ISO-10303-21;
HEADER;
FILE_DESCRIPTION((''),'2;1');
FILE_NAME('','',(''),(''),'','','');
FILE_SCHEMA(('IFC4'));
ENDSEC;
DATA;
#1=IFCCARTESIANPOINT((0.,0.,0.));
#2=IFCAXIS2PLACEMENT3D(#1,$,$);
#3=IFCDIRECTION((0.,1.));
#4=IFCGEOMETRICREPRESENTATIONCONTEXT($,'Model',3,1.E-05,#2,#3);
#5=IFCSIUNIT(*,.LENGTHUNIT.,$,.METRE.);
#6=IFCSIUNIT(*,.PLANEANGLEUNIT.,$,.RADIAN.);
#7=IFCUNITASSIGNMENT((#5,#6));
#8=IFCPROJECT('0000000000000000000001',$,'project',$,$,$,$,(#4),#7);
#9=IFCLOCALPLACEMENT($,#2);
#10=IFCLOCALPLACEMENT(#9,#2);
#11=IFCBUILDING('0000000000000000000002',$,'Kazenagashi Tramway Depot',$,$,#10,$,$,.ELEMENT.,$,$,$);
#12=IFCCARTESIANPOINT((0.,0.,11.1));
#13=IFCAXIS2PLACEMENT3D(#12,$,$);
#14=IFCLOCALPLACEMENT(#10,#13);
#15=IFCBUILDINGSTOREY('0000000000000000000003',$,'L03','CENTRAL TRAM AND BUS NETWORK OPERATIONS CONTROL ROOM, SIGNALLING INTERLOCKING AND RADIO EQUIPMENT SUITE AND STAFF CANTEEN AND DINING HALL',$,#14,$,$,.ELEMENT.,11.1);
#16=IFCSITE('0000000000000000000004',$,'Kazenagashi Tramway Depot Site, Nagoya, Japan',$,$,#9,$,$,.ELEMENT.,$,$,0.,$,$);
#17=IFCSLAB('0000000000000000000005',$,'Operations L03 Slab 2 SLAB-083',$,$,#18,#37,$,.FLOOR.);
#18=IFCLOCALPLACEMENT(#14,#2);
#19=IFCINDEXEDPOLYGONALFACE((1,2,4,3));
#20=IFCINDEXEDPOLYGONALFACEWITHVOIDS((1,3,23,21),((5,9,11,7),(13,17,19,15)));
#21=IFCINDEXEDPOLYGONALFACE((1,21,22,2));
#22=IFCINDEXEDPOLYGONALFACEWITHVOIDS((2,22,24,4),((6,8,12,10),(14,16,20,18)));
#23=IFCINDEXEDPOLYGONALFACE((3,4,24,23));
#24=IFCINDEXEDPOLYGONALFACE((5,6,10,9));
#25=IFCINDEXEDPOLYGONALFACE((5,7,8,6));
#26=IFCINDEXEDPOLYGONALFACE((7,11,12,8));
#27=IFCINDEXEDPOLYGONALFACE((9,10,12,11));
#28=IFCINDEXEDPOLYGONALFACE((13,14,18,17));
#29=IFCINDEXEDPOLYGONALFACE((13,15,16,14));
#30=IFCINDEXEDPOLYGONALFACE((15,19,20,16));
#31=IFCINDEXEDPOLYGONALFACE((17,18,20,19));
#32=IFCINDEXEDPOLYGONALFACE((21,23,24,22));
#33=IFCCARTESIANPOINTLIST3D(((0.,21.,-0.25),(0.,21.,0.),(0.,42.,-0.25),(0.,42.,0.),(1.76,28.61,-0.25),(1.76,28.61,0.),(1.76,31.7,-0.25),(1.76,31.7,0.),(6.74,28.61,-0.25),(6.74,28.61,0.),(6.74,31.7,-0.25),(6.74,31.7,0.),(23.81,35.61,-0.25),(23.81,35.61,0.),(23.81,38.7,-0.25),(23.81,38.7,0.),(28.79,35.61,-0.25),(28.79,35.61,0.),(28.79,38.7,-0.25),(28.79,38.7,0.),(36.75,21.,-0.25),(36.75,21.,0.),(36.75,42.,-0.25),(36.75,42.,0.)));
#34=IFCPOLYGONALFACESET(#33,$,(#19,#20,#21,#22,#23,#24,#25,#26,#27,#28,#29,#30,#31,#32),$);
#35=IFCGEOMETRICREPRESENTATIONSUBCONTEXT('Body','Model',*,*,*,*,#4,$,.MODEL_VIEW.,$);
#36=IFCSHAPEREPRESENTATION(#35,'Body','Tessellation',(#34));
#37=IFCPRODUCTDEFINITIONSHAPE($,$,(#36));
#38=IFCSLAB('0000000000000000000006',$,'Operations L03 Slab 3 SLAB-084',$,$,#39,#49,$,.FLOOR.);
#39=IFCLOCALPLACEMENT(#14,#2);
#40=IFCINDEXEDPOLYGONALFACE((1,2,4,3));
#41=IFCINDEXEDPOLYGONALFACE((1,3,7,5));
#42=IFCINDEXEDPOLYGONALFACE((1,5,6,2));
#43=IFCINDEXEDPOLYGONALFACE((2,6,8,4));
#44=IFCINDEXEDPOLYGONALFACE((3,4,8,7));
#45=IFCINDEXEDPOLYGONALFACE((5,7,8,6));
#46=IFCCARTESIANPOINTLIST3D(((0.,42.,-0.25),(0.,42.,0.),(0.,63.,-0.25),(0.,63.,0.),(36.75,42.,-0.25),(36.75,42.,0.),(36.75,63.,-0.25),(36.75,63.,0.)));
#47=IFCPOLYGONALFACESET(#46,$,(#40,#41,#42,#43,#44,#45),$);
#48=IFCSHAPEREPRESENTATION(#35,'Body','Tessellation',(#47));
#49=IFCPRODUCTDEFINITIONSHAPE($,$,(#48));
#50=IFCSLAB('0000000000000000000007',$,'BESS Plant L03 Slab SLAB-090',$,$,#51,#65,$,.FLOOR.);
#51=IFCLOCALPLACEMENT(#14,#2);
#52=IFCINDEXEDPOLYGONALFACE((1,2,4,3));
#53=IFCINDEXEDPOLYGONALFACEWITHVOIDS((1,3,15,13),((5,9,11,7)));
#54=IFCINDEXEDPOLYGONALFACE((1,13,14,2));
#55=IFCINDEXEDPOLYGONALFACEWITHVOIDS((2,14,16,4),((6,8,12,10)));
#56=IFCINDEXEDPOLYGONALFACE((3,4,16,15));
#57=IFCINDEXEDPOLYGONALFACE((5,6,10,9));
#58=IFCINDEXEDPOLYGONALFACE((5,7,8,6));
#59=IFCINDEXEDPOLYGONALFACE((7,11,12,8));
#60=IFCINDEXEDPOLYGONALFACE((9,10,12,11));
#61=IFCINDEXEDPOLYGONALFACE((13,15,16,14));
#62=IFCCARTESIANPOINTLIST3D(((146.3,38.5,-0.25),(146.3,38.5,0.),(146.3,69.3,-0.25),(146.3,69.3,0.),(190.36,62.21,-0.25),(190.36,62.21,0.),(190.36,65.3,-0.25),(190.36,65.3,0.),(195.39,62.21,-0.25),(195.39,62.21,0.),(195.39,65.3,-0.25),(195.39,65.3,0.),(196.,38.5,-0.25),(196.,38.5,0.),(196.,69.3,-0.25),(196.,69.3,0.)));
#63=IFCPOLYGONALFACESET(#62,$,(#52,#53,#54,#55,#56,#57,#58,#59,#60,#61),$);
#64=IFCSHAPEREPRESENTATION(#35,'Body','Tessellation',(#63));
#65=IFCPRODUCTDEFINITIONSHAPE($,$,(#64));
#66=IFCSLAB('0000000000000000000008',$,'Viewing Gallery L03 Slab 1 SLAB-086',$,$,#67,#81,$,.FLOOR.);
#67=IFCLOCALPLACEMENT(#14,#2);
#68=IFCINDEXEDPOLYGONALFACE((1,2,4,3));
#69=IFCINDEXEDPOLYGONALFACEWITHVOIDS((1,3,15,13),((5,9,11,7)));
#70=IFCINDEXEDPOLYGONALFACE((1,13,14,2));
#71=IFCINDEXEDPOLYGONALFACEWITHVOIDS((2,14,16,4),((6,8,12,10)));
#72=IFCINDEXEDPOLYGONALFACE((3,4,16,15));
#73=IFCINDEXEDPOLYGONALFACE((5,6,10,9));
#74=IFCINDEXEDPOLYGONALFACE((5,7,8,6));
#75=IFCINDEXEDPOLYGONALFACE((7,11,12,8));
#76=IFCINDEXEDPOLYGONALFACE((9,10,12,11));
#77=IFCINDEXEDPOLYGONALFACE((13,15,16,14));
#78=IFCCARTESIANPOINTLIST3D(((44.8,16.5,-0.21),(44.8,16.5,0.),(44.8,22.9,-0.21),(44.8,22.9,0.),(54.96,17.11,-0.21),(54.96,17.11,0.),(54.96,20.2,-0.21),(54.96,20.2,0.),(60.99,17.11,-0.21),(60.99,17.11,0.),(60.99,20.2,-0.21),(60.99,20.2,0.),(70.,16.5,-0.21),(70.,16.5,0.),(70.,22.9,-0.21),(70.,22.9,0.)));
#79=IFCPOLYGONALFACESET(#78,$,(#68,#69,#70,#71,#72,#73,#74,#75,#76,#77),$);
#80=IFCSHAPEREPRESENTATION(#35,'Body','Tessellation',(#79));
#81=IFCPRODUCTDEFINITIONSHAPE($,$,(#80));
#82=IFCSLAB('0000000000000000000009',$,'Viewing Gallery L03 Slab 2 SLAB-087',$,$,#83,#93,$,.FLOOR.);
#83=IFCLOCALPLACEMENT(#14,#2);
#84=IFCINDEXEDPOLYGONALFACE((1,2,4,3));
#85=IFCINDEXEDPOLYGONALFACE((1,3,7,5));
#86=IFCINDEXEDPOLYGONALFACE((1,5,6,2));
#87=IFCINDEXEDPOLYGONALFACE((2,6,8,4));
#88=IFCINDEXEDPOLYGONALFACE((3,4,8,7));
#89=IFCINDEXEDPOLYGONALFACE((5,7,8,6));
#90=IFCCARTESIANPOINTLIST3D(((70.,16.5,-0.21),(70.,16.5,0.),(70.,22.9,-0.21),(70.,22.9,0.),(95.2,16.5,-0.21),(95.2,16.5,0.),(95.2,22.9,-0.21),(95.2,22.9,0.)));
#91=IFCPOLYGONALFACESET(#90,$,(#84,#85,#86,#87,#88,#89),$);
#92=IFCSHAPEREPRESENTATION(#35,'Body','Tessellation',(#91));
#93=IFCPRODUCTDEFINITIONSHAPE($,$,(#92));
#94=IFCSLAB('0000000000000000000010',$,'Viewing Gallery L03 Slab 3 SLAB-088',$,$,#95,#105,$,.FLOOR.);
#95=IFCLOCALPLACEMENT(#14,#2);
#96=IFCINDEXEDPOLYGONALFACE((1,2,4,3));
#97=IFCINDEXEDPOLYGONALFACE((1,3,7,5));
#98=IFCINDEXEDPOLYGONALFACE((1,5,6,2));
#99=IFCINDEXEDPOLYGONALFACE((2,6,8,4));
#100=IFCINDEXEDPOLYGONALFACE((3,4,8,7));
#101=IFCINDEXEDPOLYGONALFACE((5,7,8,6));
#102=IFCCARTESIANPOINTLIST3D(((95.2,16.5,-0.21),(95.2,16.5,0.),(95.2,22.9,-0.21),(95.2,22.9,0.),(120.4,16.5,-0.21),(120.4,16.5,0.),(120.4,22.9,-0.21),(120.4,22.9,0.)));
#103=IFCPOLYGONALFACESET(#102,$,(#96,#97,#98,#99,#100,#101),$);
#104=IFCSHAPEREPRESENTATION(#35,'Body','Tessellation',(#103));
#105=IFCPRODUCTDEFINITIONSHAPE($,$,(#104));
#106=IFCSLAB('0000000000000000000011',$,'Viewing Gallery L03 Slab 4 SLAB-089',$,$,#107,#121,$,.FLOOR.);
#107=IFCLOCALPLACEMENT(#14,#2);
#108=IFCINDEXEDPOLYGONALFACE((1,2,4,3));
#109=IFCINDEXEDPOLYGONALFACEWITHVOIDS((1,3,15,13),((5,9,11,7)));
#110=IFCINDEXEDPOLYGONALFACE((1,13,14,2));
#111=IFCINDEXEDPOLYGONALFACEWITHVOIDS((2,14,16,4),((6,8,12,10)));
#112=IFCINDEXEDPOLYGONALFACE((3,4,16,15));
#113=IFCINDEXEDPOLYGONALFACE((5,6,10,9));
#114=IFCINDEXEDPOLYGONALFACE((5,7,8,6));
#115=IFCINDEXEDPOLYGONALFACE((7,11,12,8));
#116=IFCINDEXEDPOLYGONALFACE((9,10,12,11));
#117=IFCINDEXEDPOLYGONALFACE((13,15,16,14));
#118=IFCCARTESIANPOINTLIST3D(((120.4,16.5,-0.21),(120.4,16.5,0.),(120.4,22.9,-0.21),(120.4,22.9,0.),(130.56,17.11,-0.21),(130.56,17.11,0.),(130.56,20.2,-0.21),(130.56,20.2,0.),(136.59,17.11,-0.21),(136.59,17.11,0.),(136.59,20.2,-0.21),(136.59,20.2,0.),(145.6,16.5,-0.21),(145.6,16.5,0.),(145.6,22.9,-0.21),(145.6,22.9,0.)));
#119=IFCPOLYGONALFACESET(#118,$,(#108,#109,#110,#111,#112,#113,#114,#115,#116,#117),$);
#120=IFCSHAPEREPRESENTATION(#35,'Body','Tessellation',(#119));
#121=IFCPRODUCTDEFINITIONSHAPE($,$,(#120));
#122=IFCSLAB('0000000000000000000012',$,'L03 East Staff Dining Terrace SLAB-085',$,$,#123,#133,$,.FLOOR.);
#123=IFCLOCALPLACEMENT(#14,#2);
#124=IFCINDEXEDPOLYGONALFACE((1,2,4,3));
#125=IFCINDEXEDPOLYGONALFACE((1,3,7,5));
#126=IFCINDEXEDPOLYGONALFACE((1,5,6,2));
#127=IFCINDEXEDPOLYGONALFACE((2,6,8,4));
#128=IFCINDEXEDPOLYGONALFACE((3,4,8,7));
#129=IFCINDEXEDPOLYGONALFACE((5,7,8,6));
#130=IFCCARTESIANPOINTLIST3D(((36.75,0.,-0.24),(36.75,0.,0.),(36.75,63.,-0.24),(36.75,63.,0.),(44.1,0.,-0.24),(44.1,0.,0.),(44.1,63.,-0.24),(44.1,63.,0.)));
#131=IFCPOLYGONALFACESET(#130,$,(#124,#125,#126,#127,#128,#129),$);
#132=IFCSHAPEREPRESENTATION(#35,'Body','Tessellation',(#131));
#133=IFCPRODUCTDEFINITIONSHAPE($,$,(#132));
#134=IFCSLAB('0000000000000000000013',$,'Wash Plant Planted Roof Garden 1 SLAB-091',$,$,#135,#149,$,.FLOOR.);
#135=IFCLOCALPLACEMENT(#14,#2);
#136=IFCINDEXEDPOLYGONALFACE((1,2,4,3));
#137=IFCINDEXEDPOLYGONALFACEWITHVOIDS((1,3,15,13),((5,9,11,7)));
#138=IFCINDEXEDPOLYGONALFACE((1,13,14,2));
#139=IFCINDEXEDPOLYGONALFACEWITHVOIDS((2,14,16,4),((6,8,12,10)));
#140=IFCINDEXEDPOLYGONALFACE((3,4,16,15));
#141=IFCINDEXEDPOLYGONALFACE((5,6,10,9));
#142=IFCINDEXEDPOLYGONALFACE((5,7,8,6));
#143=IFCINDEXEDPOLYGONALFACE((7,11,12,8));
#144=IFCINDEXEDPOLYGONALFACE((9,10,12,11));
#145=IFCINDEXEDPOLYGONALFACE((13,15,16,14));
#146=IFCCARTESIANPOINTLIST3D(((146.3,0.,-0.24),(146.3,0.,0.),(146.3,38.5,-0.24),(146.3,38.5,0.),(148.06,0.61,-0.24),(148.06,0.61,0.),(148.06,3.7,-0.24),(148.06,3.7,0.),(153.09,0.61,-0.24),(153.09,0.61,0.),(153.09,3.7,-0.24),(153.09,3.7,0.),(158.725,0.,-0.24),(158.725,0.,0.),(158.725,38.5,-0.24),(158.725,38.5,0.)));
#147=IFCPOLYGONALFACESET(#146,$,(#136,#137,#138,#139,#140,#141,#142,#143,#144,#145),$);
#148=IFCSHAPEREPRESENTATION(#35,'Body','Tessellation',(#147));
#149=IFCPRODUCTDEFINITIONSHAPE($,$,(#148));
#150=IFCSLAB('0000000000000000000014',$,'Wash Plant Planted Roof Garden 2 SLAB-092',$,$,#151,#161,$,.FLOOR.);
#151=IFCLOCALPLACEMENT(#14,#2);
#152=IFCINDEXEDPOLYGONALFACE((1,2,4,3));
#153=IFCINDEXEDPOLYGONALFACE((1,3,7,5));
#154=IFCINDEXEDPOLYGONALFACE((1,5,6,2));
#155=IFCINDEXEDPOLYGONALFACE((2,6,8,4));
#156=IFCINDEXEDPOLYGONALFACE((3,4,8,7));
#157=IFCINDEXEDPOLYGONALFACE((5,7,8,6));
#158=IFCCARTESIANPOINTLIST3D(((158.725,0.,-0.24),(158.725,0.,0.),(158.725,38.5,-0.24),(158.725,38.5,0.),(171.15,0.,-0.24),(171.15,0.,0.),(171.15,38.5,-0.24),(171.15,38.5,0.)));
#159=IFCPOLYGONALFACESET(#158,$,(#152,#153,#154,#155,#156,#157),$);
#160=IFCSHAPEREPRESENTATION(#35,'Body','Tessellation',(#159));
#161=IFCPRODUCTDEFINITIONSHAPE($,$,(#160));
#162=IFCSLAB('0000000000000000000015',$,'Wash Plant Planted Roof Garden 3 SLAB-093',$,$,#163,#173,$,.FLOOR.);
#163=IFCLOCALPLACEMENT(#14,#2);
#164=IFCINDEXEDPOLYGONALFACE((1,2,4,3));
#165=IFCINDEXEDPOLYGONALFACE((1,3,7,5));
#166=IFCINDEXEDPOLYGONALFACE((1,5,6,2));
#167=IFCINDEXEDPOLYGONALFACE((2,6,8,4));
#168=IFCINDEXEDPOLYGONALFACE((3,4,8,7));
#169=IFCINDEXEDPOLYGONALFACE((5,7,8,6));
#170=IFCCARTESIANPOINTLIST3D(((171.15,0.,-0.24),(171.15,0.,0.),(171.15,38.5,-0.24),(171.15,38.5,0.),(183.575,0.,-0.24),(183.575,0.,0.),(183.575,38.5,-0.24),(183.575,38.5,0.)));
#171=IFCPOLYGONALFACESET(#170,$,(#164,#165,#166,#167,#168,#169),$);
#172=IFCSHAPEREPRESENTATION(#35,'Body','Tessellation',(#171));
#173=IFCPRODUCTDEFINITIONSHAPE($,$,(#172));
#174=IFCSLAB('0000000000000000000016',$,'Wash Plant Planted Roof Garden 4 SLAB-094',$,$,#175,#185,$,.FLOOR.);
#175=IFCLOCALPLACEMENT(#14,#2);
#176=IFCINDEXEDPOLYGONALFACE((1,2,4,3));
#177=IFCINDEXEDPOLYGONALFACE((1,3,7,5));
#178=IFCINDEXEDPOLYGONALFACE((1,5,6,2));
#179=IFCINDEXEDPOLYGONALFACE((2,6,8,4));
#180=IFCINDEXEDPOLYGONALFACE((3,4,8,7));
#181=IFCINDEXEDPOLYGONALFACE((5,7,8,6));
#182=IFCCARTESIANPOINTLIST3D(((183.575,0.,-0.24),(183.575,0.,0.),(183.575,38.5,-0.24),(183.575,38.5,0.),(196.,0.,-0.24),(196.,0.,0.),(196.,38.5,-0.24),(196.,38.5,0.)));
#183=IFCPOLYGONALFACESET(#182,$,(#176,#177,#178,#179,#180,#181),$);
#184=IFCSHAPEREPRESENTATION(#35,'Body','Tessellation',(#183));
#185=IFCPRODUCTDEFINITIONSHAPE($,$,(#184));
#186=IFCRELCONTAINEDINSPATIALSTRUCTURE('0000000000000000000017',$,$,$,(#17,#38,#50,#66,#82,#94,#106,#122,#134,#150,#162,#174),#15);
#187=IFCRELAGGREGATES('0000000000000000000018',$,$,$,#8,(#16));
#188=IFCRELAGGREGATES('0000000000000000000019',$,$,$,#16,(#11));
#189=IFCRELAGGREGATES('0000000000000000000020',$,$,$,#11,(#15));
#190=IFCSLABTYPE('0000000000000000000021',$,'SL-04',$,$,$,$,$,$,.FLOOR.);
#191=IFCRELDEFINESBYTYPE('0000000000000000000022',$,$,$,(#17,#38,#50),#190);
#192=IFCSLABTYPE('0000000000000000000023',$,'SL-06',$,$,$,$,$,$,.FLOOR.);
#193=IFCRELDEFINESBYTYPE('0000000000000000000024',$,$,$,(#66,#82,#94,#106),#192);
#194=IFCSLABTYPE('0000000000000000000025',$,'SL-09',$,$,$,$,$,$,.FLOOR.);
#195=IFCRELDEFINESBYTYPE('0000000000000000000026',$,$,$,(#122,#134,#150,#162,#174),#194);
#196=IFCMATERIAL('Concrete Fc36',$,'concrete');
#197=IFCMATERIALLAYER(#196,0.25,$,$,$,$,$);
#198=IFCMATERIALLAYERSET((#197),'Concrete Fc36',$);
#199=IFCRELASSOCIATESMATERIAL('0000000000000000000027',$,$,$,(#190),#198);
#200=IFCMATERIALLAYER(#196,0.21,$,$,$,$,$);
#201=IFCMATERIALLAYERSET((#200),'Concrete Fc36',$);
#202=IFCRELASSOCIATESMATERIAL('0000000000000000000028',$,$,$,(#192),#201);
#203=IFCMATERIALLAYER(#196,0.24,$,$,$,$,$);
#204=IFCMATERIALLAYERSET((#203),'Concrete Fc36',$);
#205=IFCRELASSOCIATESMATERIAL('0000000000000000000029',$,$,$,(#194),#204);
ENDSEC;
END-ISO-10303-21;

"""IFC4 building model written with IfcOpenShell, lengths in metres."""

from ifc_helpers import new_model, si_unit, direction, frame, origin, place, context, subcontext, project, spatial, polyline, outline, extrude, material, layer, layer_set, type_object, element, save


model = new_model("IFC4")

# Units and contexts
model_context = context("Model", 3, precision=1e-05, world=origin(), true_north=direction((0.0, 1.0)))
body_context = subcontext(model_context, "Body", "Model", "MODEL_VIEW")
ifc_project = project(units=[si_unit("LENGTHUNIT", "METRE"), si_unit("PLANEANGLEUNIT", "RADIAN")], contexts=[model_context])

# Site, building, storey
site_placement = place(None, origin())
site = spatial("IfcSite", under=ifc_project, at=site_placement, Name="Kazenagashi Tramway Depot Site, Nagoya, Japan", CompositionType="ELEMENT", RefElevation=0.0)
building_placement = place(site_placement, origin())
building = spatial("IfcBuilding", under=site, at=building_placement, Name="Kazenagashi Tramway Depot", CompositionType="ELEMENT")
storey_placement = place(building_placement, frame((0.0, 0.0, 11.1)))
storey = spatial("IfcBuildingStorey", under=building, at=storey_placement, Name="L03", Description="CENTRAL TRAM AND BUS NETWORK OPERATIONS CONTROL ROOM, SIGNALLING INTERLOCKING AND RADIO EQUIPMENT SUITE AND STAFF CANTEEN AND DINING HALL", CompositionType="ELEMENT", Elevation=11.1)

# Slabs
ifc_material_1 = material(Name="Concrete Fc36", Category="concrete")
ifc_layer_1 = layer(ifc_material_1, 0.25)
ifc_layer_set_1 = layer_set([ifc_layer_1], Name="Concrete Fc36")
slab_type_1 = type_object("IfcSlabType", Name="SL-04", PredefinedType="FLOOR", material=ifc_layer_set_1)
slab_1_placement = place(storey_placement, frame((0.0, 0.0, -0.25)))
element("IfcSlab", 1, at=slab_1_placement, inside=storey, type_object=slab_type_1, Name="Operations L03 Slab 2 SLAB-083", PredefinedType="FLOOR", context=body_context, shape_type="SweptSolid", body=[
    extrude(outline(polyline([(0.0, 42.0), (36.75, 42.0), (36.75, 21.0), (0.0, 21.0), (0.0, 42.0)]), holes=[polyline([(6.74, 28.61), (6.74, 31.7), (1.76, 31.7), (1.76, 28.61), (6.74, 28.61)]), polyline([(28.79, 35.61), (28.79, 38.7), (23.81, 38.7), (23.81, 35.61), (28.79, 35.61)])]), origin(), (0.0, 0.0, 1.0), 0.25),
])
slab_2_placement = place(storey_placement, frame((0.0, 0.0, -0.25)))
element("IfcSlab", 2, at=slab_2_placement, inside=storey, type_object=slab_type_1, Name="Operations L03 Slab 3 SLAB-084", PredefinedType="FLOOR", context=body_context, shape_type="SweptSolid", body=[
    extrude(outline(polyline([(0.0, 42.0), (36.75, 42.0), (36.75, 63.0), (0.0, 63.0), (0.0, 42.0)])), origin(), (0.0, 0.0, 1.0), 0.25),
])
slab_3_placement = place(storey_placement, frame((0.0, 0.0, -0.25)))
element("IfcSlab", 3, at=slab_3_placement, inside=storey, type_object=slab_type_1, Name="BESS Plant L03 Slab SLAB-090", PredefinedType="FLOOR", context=body_context, shape_type="SweptSolid", body=[
    extrude(outline(polyline([(146.3, 69.3), (196.0, 69.3), (196.0, 38.5), (146.3, 38.5), (146.3, 69.3)]), holes=[polyline([(195.39, 65.3), (190.36, 65.3), (190.36, 62.21), (195.39, 62.21), (195.39, 65.3)])]), origin(), (0.0, 0.0, 1.0), 0.25),
])
ifc_layer_2 = layer(ifc_material_1, 0.21)
ifc_layer_set_2 = layer_set([ifc_layer_2], Name="Concrete Fc36")
slab_type_2 = type_object("IfcSlabType", Name="SL-06", PredefinedType="FLOOR", material=ifc_layer_set_2)
slab_4_placement = place(storey_placement, frame((0.0, 0.0, -0.21)))
element("IfcSlab", 4, at=slab_4_placement, inside=storey, type_object=slab_type_2, Name="Viewing Gallery L03 Slab 1 SLAB-086", PredefinedType="FLOOR", context=body_context, shape_type="SweptSolid", body=[
    extrude(outline(polyline([(44.8, 22.9), (70.0, 22.9), (70.0, 16.5), (44.8, 16.5), (44.8, 22.9)]), holes=[polyline([(60.99, 20.2), (54.96, 20.2), (54.96, 17.11), (60.99, 17.11), (60.99, 20.2)])]), origin(), (0.0, 0.0, 1.0), 0.21),
])
slab_5_placement = place(storey_placement, frame((0.0, 0.0, -0.21)))
element("IfcSlab", 5, at=slab_5_placement, inside=storey, type_object=slab_type_2, Name="Viewing Gallery L03 Slab 2 SLAB-087", PredefinedType="FLOOR", context=body_context, shape_type="SweptSolid", body=[
    extrude(outline(polyline([(70.0, 16.5), (95.2, 16.5), (95.2, 22.9), (70.0, 22.9), (70.0, 16.5)])), origin(), (0.0, 0.0, 1.0), 0.21),
])
slab_6_placement = place(storey_placement, frame((0.0, 0.0, -0.21)))
element("IfcSlab", 6, at=slab_6_placement, inside=storey, type_object=slab_type_2, Name="Viewing Gallery L03 Slab 3 SLAB-088", PredefinedType="FLOOR", context=body_context, shape_type="SweptSolid", body=[
    extrude(outline(polyline([(95.2, 16.5), (120.4, 16.5), (120.4, 22.9), (95.2, 22.9), (95.2, 16.5)])), origin(), (0.0, 0.0, 1.0), 0.21),
])
slab_7_placement = place(storey_placement, frame((0.0, 0.0, -0.21)))
element("IfcSlab", 7, at=slab_7_placement, inside=storey, type_object=slab_type_2, Name="Viewing Gallery L03 Slab 4 SLAB-089", PredefinedType="FLOOR", context=body_context, shape_type="SweptSolid", body=[
    extrude(outline(polyline([(120.4, 22.9), (145.6, 22.9), (145.6, 16.5), (120.4, 16.5), (120.4, 22.9)]), holes=[polyline([(136.59, 20.2), (130.56, 20.2), (130.56, 17.11), (136.59, 17.11), (136.59, 20.2)])]), origin(), (0.0, 0.0, 1.0), 0.21),
])
ifc_layer_3 = layer(ifc_material_1, 0.24)
ifc_layer_set_3 = layer_set([ifc_layer_3], Name="Concrete Fc36")
slab_type_3 = type_object("IfcSlabType", Name="SL-09", PredefinedType="FLOOR", material=ifc_layer_set_3)
slab_8_placement = place(storey_placement, frame((0.0, 0.0, -0.24)))
element("IfcSlab", 8, at=slab_8_placement, inside=storey, type_object=slab_type_3, Name="L03 East Staff Dining Terrace SLAB-085", PredefinedType="FLOOR", context=body_context, shape_type="SweptSolid", body=[
    extrude(outline(polyline([(36.75, 0.0), (44.1, 0.0), (44.1, 63.0), (36.75, 63.0), (36.75, 0.0)])), origin(), (0.0, 0.0, 1.0), 0.24),
])
slab_9_placement = place(storey_placement, frame((0.0, 0.0, -0.24)))
element("IfcSlab", 9, at=slab_9_placement, inside=storey, type_object=slab_type_3, Name="Wash Plant Planted Roof Garden 1 SLAB-091", PredefinedType="FLOOR", context=body_context, shape_type="SweptSolid", body=[
    extrude(outline(polyline([(146.3, 38.5), (158.725, 38.5), (158.725, 0.0), (146.3, 0.0), (146.3, 38.5)]), holes=[polyline([(153.09, 3.7), (148.06, 3.7), (148.06, 0.61), (153.09, 0.61), (153.09, 3.7)])]), origin(), (0.0, 0.0, 1.0), 0.24),
])
slab_10_placement = place(storey_placement, frame((0.0, 0.0, -0.24)))
element("IfcSlab", 10, at=slab_10_placement, inside=storey, type_object=slab_type_3, Name="Wash Plant Planted Roof Garden 2 SLAB-092", PredefinedType="FLOOR", context=body_context, shape_type="SweptSolid", body=[
    extrude(outline(polyline([(158.725, 0.0), (171.15, 0.0), (171.15, 38.5), (158.725, 38.5), (158.725, 0.0)])), origin(), (0.0, 0.0, 1.0), 0.24),
])
slab_11_placement = place(storey_placement, frame((0.0, 0.0, -0.24)))
element("IfcSlab", 11, at=slab_11_placement, inside=storey, type_object=slab_type_3, Name="Wash Plant Planted Roof Garden 3 SLAB-093", PredefinedType="FLOOR", context=body_context, shape_type="SweptSolid", body=[
    extrude(outline(polyline([(171.15, 0.0), (183.575, 0.0), (183.575, 38.5), (171.15, 38.5), (171.15, 0.0)])), origin(), (0.0, 0.0, 1.0), 0.24),
])
slab_12_placement = place(storey_placement, frame((0.0, 0.0, -0.24)))
element("IfcSlab", 12, at=slab_12_placement, inside=storey, type_object=slab_type_3, Name="Wash Plant Planted Roof Garden 4 SLAB-094", PredefinedType="FLOOR", context=body_context, shape_type="SweptSolid", body=[
    extrude(outline(polyline([(183.575, 0.0), (196.0, 0.0), (196.0, 38.5), (183.575, 38.5), (183.575, 0.0)])), origin(), (0.0, 0.0, 1.0), 0.24),
])

save(model, "model.ifc")
